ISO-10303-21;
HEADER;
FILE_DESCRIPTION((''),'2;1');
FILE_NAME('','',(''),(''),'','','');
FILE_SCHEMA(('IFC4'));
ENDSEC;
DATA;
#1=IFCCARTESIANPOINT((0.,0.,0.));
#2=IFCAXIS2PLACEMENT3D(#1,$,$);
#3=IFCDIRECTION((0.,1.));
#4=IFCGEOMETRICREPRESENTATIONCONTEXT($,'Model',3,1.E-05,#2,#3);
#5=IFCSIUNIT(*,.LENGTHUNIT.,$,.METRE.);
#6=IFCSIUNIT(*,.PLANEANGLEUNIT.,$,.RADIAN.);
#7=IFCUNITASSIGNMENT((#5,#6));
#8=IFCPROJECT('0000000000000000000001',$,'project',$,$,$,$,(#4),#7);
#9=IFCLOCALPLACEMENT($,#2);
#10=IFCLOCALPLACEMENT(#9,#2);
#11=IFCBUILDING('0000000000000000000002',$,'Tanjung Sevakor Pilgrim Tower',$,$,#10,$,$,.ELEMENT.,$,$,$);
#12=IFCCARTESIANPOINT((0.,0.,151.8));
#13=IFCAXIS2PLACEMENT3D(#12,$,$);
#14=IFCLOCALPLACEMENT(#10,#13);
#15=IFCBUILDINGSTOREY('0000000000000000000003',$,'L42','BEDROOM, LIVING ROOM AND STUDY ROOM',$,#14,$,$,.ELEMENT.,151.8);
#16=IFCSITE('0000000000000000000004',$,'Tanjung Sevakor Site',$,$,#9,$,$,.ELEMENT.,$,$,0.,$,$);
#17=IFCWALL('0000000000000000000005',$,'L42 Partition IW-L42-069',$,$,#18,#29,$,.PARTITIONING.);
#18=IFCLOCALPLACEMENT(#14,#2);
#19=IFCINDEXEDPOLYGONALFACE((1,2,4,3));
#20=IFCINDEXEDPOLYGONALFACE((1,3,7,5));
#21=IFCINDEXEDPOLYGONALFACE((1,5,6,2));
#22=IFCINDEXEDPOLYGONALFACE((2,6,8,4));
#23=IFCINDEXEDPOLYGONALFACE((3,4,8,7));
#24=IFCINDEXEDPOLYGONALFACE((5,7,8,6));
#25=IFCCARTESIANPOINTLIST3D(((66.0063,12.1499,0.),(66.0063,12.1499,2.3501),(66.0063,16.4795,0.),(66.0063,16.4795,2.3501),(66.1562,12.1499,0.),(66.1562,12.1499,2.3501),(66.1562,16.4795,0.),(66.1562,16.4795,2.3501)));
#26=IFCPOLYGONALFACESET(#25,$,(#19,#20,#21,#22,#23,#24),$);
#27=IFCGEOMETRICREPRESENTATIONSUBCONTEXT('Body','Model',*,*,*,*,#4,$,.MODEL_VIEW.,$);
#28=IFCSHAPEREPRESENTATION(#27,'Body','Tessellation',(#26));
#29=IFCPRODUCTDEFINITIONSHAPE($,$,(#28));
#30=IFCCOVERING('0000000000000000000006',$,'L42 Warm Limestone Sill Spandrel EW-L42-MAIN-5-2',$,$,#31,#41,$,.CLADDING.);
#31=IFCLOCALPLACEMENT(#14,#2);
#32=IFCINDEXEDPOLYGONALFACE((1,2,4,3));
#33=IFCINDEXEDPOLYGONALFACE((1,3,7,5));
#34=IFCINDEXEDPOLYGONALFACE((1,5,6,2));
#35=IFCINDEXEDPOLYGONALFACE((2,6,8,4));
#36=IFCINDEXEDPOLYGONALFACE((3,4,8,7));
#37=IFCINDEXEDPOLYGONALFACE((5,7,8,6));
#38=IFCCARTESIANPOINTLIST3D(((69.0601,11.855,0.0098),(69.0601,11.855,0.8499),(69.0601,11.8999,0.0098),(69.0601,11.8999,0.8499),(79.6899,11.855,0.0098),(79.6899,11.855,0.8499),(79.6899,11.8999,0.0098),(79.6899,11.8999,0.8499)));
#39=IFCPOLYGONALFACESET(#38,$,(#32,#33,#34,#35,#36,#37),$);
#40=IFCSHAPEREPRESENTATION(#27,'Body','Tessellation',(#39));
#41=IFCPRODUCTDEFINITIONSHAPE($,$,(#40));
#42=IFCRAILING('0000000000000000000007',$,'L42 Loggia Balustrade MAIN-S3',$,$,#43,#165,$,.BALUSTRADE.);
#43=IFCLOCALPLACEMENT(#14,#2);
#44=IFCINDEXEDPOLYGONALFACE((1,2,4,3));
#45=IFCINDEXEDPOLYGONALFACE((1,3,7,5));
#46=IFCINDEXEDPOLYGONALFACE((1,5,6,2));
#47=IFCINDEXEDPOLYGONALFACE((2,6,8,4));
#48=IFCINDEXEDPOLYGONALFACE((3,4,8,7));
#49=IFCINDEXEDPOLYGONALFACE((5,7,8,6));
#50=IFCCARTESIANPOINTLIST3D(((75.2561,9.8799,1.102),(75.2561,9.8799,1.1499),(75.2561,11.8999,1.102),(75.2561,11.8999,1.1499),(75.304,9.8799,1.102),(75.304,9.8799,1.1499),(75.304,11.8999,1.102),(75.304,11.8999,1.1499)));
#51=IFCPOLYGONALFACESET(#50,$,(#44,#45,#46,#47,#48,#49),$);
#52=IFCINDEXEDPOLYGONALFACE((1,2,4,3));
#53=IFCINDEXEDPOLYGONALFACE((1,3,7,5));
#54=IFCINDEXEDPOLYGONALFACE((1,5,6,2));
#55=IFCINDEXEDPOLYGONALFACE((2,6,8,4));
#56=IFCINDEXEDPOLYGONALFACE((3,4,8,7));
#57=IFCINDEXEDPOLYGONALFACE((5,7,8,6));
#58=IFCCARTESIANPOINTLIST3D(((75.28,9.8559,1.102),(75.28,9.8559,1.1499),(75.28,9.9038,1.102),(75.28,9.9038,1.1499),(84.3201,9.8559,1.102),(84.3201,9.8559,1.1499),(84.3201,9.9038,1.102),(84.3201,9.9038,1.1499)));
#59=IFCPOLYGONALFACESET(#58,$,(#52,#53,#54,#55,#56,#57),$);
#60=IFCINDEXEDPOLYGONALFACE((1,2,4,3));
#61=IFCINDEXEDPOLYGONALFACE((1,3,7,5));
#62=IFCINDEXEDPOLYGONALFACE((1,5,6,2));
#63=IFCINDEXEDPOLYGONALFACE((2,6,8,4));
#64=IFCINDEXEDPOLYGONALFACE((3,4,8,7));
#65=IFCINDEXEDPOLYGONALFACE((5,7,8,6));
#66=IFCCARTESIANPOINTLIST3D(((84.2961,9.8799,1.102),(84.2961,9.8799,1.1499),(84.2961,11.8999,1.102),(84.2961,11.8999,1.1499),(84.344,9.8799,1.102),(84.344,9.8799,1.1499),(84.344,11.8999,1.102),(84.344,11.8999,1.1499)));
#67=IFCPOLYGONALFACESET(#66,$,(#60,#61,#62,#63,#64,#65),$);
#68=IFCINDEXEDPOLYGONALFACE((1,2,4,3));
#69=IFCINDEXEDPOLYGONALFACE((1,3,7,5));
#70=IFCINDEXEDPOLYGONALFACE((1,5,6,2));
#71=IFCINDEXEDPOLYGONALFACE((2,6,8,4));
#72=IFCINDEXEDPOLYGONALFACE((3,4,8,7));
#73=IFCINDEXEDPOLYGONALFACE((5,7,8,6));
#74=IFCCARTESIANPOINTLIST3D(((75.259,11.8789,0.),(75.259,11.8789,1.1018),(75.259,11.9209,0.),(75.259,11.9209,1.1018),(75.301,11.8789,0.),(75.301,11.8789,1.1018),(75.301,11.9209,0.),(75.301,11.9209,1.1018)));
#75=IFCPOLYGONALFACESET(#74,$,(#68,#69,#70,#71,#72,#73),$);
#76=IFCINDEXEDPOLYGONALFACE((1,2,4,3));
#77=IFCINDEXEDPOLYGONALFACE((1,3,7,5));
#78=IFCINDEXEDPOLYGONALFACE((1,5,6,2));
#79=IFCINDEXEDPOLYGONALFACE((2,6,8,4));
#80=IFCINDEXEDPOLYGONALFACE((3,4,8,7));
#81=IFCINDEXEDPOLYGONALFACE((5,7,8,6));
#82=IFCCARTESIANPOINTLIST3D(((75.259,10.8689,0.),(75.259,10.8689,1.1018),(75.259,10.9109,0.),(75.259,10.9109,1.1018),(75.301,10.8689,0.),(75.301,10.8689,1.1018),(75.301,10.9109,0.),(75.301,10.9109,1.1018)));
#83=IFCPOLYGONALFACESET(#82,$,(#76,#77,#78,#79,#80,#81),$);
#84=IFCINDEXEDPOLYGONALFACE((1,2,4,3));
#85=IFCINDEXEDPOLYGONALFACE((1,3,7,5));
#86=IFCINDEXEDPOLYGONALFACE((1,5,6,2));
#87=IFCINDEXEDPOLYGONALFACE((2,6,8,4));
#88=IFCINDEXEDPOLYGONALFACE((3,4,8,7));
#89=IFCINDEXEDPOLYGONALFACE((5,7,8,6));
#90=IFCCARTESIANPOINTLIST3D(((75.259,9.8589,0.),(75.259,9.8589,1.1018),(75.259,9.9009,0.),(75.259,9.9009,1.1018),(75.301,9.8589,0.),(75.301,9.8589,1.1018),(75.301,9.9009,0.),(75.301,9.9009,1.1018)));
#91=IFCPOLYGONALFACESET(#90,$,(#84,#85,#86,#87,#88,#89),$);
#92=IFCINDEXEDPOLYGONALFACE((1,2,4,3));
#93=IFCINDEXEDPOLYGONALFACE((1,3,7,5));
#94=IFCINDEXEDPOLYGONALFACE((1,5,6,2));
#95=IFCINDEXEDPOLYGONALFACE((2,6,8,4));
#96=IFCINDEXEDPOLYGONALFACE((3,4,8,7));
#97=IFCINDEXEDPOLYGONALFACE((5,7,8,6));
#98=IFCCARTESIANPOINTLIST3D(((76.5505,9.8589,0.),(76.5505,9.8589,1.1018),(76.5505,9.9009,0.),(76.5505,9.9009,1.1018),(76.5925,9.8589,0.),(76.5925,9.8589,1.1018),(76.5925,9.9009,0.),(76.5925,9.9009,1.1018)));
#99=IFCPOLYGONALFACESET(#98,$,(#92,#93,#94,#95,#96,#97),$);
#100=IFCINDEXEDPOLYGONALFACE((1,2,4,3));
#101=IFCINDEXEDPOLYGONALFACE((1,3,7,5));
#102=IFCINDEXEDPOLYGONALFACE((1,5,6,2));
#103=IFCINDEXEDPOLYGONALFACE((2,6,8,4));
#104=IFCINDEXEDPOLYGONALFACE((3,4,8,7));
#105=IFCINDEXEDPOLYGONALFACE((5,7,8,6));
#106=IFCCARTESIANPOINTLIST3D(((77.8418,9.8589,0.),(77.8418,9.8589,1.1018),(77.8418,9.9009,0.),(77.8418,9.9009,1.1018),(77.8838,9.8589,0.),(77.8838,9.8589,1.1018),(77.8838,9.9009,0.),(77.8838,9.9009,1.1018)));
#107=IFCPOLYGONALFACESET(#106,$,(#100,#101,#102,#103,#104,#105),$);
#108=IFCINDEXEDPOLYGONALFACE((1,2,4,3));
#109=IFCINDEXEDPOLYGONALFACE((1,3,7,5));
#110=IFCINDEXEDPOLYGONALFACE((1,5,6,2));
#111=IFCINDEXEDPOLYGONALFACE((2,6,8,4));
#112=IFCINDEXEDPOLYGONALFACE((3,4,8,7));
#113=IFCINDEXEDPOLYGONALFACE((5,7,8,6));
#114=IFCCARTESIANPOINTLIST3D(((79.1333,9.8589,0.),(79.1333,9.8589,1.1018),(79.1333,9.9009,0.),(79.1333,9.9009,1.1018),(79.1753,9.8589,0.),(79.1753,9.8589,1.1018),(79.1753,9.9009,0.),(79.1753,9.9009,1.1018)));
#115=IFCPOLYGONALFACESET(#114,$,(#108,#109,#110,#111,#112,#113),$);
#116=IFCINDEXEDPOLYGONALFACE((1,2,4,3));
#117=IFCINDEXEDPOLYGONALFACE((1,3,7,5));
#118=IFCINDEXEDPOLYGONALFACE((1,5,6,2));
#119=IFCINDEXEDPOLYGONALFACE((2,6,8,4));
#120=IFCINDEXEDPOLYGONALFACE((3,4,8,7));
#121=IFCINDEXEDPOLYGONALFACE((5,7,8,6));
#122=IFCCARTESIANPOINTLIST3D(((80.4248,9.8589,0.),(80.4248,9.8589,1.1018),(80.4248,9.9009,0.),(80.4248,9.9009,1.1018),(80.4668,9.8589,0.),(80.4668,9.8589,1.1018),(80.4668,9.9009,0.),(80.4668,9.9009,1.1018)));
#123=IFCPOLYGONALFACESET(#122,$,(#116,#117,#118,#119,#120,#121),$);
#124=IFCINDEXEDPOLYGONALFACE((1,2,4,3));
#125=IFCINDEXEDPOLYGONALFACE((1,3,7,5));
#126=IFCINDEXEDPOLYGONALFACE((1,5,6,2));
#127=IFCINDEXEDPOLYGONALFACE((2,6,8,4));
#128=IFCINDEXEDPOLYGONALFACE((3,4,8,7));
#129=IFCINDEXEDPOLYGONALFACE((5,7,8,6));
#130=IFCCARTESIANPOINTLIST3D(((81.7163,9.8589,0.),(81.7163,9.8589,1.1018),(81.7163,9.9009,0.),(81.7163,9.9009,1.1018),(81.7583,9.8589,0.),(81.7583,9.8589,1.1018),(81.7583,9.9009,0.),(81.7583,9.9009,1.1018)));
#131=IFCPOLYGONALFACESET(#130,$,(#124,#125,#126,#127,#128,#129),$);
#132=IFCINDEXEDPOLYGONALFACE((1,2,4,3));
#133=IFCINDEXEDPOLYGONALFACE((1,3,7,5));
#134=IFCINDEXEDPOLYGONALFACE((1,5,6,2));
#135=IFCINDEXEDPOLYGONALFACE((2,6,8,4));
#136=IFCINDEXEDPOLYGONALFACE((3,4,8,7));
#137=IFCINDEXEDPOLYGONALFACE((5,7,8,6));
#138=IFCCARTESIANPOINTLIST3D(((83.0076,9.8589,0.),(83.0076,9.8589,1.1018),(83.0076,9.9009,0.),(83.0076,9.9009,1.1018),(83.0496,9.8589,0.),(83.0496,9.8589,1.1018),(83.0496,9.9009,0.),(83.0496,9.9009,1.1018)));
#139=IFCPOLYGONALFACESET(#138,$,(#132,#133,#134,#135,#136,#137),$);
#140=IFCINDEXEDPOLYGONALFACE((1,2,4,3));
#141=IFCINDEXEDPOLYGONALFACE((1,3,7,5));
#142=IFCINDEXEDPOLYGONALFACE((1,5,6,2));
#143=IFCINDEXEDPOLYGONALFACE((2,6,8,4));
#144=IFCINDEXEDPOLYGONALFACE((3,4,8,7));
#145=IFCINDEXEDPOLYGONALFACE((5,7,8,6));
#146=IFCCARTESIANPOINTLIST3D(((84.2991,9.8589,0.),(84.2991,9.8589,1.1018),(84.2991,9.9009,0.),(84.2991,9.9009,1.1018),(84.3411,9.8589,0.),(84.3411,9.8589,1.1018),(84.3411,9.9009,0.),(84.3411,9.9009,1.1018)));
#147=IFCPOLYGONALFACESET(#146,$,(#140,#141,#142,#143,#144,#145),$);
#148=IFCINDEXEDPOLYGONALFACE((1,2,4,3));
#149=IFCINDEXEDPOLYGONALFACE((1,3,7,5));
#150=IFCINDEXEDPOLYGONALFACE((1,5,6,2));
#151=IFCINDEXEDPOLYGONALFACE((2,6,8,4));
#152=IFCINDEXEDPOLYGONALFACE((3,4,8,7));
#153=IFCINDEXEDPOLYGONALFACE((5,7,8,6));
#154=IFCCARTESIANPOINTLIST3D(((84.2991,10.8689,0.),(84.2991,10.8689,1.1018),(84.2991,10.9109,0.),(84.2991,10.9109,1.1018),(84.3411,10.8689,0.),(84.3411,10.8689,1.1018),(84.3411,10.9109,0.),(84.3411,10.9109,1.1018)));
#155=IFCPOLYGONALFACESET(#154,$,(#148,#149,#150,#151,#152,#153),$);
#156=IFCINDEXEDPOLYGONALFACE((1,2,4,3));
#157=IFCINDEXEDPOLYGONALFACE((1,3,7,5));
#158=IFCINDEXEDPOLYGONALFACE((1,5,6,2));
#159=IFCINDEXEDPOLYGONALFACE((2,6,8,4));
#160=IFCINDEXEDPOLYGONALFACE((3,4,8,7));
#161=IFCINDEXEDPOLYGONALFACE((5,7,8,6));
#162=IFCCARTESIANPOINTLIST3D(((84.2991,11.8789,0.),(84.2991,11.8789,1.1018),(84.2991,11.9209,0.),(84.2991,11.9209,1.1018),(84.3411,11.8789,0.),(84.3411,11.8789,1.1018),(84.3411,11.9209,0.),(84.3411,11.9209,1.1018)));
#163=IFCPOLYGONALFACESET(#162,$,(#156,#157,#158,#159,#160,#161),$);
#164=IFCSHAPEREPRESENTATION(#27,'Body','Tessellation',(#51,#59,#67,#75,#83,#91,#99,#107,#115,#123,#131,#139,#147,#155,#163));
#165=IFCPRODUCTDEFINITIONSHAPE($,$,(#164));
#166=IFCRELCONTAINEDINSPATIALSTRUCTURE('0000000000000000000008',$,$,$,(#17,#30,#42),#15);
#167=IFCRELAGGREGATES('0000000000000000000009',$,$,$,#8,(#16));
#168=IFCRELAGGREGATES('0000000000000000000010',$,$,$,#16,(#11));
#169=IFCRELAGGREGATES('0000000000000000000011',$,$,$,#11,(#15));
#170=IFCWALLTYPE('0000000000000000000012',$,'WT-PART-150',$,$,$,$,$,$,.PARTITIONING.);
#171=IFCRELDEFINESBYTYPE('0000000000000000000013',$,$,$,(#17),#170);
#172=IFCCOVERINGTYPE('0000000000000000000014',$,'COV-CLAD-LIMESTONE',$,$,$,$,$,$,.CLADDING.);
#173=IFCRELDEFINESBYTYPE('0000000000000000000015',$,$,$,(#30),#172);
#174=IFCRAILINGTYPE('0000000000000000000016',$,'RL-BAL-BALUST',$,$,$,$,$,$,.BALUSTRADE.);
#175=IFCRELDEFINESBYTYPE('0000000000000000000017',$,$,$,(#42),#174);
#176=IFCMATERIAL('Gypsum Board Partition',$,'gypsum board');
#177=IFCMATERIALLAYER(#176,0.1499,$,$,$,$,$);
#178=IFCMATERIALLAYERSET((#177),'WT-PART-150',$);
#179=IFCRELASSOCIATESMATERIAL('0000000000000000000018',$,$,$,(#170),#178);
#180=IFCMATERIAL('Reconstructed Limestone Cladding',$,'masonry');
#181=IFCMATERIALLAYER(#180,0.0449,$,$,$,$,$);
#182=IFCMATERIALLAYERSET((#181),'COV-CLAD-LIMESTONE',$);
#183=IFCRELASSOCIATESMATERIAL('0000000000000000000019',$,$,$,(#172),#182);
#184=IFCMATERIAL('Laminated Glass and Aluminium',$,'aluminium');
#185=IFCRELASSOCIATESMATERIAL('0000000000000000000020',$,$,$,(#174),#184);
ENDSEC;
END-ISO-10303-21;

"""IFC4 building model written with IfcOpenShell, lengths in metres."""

from ifc_helpers import new_model, si_unit, direction, frame, frame_2d, origin, origin_2d, place, context, subcontext, project, spatial, rectangle, extrude, material, layer, layer_set, type_object, element, save


model = new_model("IFC4")

# Units and contexts
model_context = context("Model", 3, precision=1e-05, world=origin(), true_north=direction((0.0, 1.0)))
body_context = subcontext(model_context, "Body", "Model", "MODEL_VIEW")
ifc_project = project(units=[si_unit("LENGTHUNIT", "METRE"), si_unit("PLANEANGLEUNIT", "RADIAN")], contexts=[model_context])

# Site, building, storey
site_placement = place(None, origin())
site = spatial("IfcSite", under=ifc_project, at=site_placement, Name="Tanjung Sevakor Site", CompositionType="ELEMENT", RefElevation=0.0)
building_placement = place(site_placement, origin())
building = spatial("IfcBuilding", under=site, at=building_placement, Name="Tanjung Sevakor Pilgrim Tower", CompositionType="ELEMENT")
storey_placement = place(building_placement, frame((0.0, 0.0, 151.8)))
storey = spatial("IfcBuildingStorey", under=building, at=storey_placement, Name="L42", Description="BEDROOM, LIVING ROOM AND STUDY ROOM", CompositionType="ELEMENT", Elevation=151.8)

# Wall
ifc_material_1 = material(Name="Gypsum Board Partition", Category="gypsum board")
ifc_layer_1 = layer(ifc_material_1, 0.1499)
ifc_layer_set_1 = layer_set([ifc_layer_1], Name="WT-PART-150")
wall_type_1 = type_object("IfcWallType", Name="WT-PART-150", PredefinedType="PARTITIONING", material=ifc_layer_set_1)
wall_1_placement = place(storey_placement, frame((66.0813, 12.1499, 0.0), z_axis=(0.0, 0.0, 1.0), x_axis=(0.0, 1.0, 0.0)))
element("IfcWall", 1, at=wall_1_placement, inside=storey, type_object=wall_type_1, Name="L42 Partition IW-L42-069", PredefinedType="PARTITIONING", context=body_context, shape_type="SweptSolid", body=[
    extrude(rectangle(XDim=4.3296, YDim=0.1499, at=frame_2d((2.1648, 0.0))), origin(), (0.0, 0.0, 1.0), 2.3501),
])

# Covering
ifc_material_2 = material(Name="Reconstructed Limestone Cladding", Category="masonry")
ifc_layer_2 = layer(ifc_material_2, 0.0449)
ifc_layer_set_2 = layer_set([ifc_layer_2], Name="COV-CLAD-LIMESTONE")
covering_type = type_object("IfcCoveringType", Name="COV-CLAD-LIMESTONE", PredefinedType="CLADDING", material=ifc_layer_set_2)
covering_placement = place(storey_placement, frame((74.375, 11.8774, 0.0098), z_axis=(0.0, 0.0, 1.0), x_axis=(1.0, 0.0, 0.0)))
element("IfcCovering", 2, at=covering_placement, inside=storey, type_object=covering_type, Name="L42 Warm Limestone Sill Spandrel EW-L42-MAIN-5-2", PredefinedType="CLADDING", context=body_context, shape_type="SweptSolid", body=[
    extrude(rectangle(XDim=10.6299, YDim=0.0449, at=origin_2d()), origin(), (0.0, 0.0, 1.0), 0.8401),
])

# Railing
ifc_material_3 = material(Name="Laminated Glass and Aluminium", Category="aluminium")
railing_type = type_object("IfcRailingType", Name="RL-BAL-BALUST", PredefinedType="BALUSTRADE", material=ifc_material_3)
railing_placement = place(storey_placement, frame((75.28, 11.8999, 0.0)))
element("IfcRailing", 3, at=railing_placement, inside=storey, type_object=railing_type, Name="L42 Loggia Balustrade MAIN-S3", PredefinedType="BALUSTRADE", context=body_context, shape_type="SweptSolid", body=[
    extrude(rectangle(XDim=0.0479, YDim=0.0479), frame((0.0, 0.0, 1.126), z_axis=(0.0, -1.0, 0.0), x_axis=(1.0, 0.0, 0.0)), (0.0, 0.0, 1.0), 2.02),
    extrude(rectangle(XDim=0.0479, YDim=0.0479), frame((0.0, -2.02, 1.126), z_axis=(1.0, 0.0, 0.0), x_axis=(0.0, 1.0, 0.0)), (0.0, 0.0, 1.0), 9.04),
    extrude(rectangle(XDim=0.0479, YDim=0.0479), frame((9.04, -2.02, 1.126), z_axis=(0.0, 1.0, 0.0), x_axis=(-1.0, 0.0, 0.0)), (0.0, 0.0, 1.0), 2.02),
    extrude(rectangle(XDim=0.042, YDim=0.042), origin(), (0.0, 0.0, 1.0), 1.1018),
    extrude(rectangle(XDim=0.042, YDim=0.042), frame((0.0, -1.01, 0.0)), (0.0, 0.0, 1.0), 1.1018),
    extrude(rectangle(XDim=0.042, YDim=0.042), frame((0.0, -2.02, 0.0)), (0.0, 0.0, 1.0), 1.1018),
    extrude(rectangle(XDim=0.042, YDim=0.042), frame((1.2915, -2.02, 0.0)), (0.0, 0.0, 1.0), 1.1018),
    extrude(rectangle(XDim=0.042, YDim=0.042), frame((2.5828, -2.02, 0.0)), (0.0, 0.0, 1.0), 1.1018),
    extrude(rectangle(XDim=0.042, YDim=0.042), frame((3.8743, -2.02, 0.0)), (0.0, 0.0, 1.0), 1.1018),
    extrude(rectangle(XDim=0.042, YDim=0.042), frame((5.1658, -2.02, 0.0)), (0.0, 0.0, 1.0), 1.1018),
    extrude(rectangle(XDim=0.042, YDim=0.042), frame((6.4573, -2.02, 0.0)), (0.0, 0.0, 1.0), 1.1018),
    extrude(rectangle(XDim=0.042, YDim=0.042), frame((7.7485, -2.02, 0.0)), (0.0, 0.0, 1.0), 1.1018),
    extrude(rectangle(XDim=0.042, YDim=0.042), frame((9.04, -2.02, 0.0)), (0.0, 0.0, 1.0), 1.1018),
    extrude(rectangle(XDim=0.042, YDim=0.042), frame((9.04, -1.01, 0.0)), (0.0, 0.0, 1.0), 1.1018),
    extrude(rectangle(XDim=0.042, YDim=0.042), frame((9.04, 0.0, 0.0)), (0.0, 0.0, 1.0), 1.1018),
])

save(model, "model.ifc")
